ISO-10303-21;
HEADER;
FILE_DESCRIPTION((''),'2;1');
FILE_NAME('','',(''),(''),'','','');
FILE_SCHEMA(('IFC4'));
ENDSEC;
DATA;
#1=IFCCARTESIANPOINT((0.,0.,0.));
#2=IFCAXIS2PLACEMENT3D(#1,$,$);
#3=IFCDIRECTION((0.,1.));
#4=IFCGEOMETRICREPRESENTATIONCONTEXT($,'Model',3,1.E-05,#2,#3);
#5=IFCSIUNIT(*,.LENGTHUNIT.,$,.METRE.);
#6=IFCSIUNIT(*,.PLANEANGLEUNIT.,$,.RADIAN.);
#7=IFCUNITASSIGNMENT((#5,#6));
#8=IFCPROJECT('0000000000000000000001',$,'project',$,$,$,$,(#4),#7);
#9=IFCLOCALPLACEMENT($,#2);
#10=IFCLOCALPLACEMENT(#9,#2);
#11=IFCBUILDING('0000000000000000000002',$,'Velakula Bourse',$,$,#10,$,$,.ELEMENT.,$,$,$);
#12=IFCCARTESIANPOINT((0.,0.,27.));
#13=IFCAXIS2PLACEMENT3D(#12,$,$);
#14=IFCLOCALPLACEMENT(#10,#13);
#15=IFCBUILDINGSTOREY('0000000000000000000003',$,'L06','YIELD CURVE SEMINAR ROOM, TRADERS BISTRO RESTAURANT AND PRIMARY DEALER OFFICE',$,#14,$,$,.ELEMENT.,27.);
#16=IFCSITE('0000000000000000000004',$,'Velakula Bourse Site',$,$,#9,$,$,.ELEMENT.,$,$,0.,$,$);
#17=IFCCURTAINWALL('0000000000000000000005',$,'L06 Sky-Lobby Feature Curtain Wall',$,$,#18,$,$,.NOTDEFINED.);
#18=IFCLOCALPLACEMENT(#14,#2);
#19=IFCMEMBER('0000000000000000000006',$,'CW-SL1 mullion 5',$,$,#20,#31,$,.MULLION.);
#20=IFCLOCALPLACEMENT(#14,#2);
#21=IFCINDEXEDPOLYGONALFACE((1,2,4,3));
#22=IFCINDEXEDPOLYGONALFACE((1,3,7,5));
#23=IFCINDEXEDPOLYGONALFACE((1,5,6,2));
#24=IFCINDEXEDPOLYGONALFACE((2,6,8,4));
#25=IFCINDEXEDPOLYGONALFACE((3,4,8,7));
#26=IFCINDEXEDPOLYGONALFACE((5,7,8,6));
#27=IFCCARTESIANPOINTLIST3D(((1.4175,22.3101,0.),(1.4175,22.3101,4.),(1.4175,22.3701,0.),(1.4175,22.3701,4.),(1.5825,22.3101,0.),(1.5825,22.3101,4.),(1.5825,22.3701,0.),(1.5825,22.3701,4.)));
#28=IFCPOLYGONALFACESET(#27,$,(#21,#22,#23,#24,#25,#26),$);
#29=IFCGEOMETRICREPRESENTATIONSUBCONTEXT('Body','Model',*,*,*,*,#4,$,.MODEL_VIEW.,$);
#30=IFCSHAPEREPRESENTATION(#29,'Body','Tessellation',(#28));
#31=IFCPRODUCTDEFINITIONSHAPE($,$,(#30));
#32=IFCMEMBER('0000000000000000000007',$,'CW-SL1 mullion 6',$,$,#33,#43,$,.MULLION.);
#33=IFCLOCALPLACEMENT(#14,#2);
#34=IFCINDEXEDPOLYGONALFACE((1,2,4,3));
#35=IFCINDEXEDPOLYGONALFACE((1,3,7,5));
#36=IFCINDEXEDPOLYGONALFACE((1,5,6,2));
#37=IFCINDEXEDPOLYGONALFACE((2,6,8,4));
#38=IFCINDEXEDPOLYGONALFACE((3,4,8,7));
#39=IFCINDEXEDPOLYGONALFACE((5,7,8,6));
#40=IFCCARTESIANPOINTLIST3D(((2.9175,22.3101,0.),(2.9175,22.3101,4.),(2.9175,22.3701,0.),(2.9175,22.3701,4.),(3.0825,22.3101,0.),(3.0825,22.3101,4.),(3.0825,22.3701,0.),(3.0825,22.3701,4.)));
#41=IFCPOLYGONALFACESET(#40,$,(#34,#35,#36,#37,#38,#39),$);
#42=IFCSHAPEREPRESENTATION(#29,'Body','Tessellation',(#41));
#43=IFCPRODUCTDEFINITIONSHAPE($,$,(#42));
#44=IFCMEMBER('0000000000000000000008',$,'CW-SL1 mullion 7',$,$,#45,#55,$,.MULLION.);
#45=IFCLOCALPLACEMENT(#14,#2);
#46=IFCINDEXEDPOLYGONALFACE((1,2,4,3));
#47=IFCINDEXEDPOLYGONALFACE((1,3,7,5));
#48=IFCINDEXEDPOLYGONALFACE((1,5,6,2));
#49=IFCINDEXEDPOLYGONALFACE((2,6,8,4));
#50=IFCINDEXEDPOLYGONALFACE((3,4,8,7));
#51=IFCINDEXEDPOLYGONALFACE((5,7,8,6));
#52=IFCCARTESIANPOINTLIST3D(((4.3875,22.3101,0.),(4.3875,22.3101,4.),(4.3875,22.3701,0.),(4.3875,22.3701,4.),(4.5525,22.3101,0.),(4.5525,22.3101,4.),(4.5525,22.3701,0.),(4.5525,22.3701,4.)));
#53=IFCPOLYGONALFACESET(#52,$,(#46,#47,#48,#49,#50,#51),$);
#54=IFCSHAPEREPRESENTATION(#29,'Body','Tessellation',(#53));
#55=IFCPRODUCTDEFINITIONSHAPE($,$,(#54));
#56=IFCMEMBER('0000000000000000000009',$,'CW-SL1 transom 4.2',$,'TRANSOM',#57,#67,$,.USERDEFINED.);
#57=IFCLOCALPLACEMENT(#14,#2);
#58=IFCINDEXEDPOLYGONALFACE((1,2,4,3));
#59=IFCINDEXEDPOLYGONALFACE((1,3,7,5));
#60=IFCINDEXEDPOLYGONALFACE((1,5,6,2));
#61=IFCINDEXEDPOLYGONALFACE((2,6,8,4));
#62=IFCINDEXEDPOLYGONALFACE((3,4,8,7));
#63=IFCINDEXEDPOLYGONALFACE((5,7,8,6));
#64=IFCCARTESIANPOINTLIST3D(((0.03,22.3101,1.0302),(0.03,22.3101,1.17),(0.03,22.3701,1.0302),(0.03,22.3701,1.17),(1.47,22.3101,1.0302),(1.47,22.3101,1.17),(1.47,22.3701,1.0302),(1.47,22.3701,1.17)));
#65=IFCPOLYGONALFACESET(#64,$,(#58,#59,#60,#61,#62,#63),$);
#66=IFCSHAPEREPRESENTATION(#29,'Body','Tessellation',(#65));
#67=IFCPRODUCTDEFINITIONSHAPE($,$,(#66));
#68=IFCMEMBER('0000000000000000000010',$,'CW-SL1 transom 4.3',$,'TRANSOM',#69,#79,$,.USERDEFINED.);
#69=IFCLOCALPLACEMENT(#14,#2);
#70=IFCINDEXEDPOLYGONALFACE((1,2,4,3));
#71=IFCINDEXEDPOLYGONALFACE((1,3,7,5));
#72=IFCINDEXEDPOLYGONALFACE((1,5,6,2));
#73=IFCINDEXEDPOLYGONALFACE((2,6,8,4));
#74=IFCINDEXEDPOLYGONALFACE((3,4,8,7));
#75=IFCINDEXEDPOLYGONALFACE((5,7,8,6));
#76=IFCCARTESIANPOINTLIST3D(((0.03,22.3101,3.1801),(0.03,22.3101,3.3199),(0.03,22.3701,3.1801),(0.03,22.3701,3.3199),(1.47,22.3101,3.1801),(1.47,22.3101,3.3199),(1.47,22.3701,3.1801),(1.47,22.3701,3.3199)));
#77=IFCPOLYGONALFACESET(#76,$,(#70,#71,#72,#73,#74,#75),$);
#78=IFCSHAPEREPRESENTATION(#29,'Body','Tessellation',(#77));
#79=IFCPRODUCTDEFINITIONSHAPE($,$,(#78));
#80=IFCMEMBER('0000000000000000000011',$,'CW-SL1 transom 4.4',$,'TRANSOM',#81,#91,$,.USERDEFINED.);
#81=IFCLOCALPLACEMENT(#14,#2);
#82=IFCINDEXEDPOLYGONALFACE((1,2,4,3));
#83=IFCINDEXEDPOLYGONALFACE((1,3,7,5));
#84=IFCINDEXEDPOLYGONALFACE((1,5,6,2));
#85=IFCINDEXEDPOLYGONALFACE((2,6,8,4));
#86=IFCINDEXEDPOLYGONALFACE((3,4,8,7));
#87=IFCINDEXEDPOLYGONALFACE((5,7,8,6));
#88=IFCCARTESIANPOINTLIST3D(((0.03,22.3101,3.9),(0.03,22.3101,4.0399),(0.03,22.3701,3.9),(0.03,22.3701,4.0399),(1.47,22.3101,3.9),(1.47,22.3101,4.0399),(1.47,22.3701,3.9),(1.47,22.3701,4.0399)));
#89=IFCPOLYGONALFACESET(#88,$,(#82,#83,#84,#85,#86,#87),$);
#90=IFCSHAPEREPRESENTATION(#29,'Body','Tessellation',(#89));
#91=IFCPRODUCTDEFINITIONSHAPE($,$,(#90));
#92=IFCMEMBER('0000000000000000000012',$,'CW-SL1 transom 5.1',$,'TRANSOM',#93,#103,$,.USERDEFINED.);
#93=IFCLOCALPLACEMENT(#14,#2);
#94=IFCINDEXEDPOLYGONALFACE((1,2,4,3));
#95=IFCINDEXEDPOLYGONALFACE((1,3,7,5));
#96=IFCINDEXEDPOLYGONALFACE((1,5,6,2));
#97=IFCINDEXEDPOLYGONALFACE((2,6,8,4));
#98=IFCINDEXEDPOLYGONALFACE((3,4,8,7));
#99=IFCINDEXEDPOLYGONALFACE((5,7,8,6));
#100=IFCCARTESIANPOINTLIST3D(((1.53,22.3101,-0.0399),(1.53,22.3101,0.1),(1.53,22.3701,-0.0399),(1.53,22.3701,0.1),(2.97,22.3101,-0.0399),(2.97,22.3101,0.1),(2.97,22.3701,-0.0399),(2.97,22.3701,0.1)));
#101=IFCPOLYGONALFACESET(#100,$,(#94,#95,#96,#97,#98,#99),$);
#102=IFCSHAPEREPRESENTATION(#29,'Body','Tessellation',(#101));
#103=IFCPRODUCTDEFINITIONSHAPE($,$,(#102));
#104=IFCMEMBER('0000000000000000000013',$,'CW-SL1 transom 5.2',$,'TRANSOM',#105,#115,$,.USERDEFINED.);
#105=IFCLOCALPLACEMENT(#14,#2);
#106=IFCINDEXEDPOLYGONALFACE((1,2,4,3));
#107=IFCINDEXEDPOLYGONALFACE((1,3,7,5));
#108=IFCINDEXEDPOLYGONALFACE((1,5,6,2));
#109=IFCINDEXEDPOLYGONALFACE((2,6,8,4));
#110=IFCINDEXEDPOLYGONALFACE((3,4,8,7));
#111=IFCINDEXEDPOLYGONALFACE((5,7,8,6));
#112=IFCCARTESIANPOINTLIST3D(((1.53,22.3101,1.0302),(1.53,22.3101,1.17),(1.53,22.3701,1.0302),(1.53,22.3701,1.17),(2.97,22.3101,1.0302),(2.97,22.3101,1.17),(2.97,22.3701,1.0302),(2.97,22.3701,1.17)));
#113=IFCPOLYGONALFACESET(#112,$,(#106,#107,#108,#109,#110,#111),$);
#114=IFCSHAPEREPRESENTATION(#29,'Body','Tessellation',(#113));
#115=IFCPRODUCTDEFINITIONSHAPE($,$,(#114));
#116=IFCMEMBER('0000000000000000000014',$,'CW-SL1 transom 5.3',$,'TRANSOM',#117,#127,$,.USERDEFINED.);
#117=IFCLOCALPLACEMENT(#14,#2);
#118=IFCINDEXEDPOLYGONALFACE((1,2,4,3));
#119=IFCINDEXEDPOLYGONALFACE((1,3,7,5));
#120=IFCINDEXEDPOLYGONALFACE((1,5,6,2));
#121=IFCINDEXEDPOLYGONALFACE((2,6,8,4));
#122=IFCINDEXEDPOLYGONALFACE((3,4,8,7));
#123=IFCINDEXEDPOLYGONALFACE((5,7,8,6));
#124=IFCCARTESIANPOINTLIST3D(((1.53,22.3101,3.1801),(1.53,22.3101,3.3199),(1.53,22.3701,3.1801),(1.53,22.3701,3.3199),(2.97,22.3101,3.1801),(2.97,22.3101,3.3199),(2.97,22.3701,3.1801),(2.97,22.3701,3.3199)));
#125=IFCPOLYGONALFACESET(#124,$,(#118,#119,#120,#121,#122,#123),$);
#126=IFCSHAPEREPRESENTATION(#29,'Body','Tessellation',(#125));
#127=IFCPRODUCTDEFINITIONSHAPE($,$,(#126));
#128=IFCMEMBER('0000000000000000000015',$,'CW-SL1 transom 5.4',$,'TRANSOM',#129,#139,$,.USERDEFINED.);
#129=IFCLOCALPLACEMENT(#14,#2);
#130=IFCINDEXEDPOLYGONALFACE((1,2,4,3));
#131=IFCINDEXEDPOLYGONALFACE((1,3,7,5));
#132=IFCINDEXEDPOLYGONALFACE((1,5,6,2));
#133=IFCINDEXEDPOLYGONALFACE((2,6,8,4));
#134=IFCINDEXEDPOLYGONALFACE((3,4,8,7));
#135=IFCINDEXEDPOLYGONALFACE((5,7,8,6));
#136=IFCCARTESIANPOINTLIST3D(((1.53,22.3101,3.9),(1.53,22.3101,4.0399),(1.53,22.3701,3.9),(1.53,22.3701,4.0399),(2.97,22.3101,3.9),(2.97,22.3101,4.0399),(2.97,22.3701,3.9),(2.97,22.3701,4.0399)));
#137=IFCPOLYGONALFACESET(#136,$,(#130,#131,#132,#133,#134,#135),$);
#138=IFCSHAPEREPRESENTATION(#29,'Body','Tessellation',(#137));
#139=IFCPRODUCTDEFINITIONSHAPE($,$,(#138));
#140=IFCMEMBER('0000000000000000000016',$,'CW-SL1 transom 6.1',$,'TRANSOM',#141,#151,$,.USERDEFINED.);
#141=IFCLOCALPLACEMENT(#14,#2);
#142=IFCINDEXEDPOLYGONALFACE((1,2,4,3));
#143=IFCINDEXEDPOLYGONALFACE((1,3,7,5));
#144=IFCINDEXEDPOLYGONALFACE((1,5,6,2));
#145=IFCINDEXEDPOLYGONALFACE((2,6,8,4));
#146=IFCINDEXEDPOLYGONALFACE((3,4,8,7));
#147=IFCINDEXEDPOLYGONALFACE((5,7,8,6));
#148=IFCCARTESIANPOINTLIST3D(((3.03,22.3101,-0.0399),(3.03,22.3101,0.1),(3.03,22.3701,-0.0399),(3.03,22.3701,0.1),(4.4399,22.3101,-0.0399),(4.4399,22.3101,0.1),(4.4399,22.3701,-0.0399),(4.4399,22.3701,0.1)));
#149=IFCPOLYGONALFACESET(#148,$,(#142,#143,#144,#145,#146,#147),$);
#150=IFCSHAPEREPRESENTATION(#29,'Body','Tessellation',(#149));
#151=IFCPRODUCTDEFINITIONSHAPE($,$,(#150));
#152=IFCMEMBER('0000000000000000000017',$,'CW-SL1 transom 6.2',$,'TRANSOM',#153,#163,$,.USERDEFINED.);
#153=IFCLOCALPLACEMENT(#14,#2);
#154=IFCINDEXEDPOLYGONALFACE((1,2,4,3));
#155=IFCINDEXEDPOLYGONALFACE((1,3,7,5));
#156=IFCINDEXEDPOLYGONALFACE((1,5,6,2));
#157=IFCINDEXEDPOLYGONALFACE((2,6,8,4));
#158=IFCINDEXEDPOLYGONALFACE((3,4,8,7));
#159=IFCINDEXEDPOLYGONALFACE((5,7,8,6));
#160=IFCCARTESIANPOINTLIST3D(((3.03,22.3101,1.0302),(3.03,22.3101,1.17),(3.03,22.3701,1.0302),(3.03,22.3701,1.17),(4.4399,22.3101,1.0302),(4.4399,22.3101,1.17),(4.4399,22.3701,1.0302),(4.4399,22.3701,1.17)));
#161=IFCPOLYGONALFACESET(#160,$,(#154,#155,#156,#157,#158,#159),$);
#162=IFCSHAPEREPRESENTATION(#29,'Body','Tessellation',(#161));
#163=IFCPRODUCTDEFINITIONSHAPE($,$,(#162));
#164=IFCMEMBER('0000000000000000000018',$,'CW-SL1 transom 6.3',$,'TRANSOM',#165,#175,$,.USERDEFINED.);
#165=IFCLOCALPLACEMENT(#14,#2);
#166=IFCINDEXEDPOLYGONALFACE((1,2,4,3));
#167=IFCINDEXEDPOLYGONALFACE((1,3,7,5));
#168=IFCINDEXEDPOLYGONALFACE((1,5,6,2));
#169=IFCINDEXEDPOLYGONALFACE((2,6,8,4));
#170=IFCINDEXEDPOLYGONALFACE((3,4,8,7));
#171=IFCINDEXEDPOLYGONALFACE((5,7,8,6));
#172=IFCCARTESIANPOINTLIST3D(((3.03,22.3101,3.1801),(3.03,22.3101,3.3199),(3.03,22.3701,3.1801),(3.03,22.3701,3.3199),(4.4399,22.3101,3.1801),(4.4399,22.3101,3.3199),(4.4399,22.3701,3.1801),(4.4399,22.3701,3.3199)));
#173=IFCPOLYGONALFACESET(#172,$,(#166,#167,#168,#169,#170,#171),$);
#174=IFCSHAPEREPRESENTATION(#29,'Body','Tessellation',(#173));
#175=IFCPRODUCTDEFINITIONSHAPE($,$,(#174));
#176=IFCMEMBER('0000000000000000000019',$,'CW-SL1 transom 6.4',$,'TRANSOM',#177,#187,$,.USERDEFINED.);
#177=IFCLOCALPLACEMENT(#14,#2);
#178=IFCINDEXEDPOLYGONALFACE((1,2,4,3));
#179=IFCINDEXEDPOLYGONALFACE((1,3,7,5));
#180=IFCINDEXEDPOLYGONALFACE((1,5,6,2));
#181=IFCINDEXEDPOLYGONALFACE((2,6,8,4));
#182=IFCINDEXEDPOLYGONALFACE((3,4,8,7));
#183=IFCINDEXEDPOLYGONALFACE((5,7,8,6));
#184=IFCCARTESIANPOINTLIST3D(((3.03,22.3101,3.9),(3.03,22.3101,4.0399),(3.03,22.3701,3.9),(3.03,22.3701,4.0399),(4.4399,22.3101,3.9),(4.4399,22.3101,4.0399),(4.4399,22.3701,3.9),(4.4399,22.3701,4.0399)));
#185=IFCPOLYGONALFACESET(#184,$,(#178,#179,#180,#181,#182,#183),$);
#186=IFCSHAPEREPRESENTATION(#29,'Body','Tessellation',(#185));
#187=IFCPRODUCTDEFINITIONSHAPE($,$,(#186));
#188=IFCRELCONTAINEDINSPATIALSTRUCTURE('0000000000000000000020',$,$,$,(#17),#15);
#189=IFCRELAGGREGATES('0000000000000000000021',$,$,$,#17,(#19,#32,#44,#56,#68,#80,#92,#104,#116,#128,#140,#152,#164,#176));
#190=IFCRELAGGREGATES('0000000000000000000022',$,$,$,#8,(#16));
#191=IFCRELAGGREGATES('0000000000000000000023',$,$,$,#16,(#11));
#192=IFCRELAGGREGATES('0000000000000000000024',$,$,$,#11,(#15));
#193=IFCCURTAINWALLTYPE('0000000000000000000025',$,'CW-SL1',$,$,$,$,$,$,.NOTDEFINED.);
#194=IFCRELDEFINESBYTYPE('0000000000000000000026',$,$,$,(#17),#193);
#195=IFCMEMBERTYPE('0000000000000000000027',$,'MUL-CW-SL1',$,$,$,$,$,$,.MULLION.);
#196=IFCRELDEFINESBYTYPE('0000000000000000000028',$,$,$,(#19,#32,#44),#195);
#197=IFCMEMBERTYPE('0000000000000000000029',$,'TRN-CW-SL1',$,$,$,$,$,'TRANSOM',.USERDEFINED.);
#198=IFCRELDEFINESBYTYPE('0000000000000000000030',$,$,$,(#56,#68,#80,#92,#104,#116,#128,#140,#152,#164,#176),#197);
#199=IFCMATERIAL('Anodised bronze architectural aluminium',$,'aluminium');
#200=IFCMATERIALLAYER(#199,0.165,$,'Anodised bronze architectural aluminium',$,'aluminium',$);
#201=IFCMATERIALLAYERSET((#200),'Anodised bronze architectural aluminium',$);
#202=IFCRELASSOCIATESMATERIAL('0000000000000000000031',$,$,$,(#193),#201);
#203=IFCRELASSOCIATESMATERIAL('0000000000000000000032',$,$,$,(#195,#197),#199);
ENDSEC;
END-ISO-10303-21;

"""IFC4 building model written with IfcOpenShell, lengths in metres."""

from ifc_helpers import new_model, si_unit, direction, frame, origin, origin_2d, place, context, subcontext, project, spatial, rectangle, extrude, material, layer, layer_set, material_profile, profile_set, type_object, element, aggregate, save


model = new_model("IFC4")

# Units and contexts
model_context = context("Model", 3, precision=1e-05, world=origin(), true_north=direction((0.0, 1.0)))
body_context = subcontext(model_context, "Body", "Model", "MODEL_VIEW")
ifc_project = project(units=[si_unit("LENGTHUNIT", "METRE"), si_unit("PLANEANGLEUNIT", "RADIAN")], contexts=[model_context])

# Site, building, storey
site_placement = place(None, origin())
site = spatial("IfcSite", under=ifc_project, at=site_placement, Name="Velakula Bourse Site", CompositionType="ELEMENT", RefElevation=0.0)
building_placement = place(site_placement, origin())
building = spatial("IfcBuilding", under=site, at=building_placement, Name="Velakula Bourse", CompositionType="ELEMENT")
storey_placement = place(building_placement, frame((0.0, 0.0, 27.0)))
storey = spatial("IfcBuildingStorey", under=building, at=storey_placement, Name="L06", Description="YIELD CURVE SEMINAR ROOM, TRADERS BISTRO RESTAURANT AND PRIMARY DEALER OFFICE", CompositionType="ELEMENT", Elevation=27.0)

# Curtain wall, members
ifc_material_1 = material(Name="Anodised bronze architectural aluminium", Category="aluminium")
ifc_layer_1 = layer(ifc_material_1, 0.165, Name="Anodised bronze architectural aluminium", Category="aluminium")
ifc_layer_set_1 = layer_set([ifc_layer_1], Name="Anodised bronze architectural aluminium")
curtain_wall_type = type_object("IfcCurtainWallType", Name="CW-SL1", PredefinedType="NOTDEFINED", material=ifc_layer_set_1)
curtain_wall_placement = place(storey_placement, origin())
curtain_wall = element("IfcCurtainWall", 1, at=curtain_wall_placement, inside=storey, type_object=curtain_wall_type, Name="L06 Sky-Lobby Feature Curtain Wall", PredefinedType="NOTDEFINED")
ifc_material_profile_1 = material_profile(ifc_material_1, rectangle(XDim=0.0601, YDim=0.165, at=origin_2d()), Name="Anodised bronze architectural aluminium")
ifc_profile_set_1 = profile_set([ifc_material_profile_1], Name="Anodised bronze architectural aluminium")
member_type_1 = type_object("IfcMemberType", Name="MUL-CW-SL1", PredefinedType="MULLION", material=ifc_profile_set_1)
member_1_placement = place(storey_placement, frame((1.5, 22.3401, 0.0), z_axis=(0.0, 0.0, 1.0), x_axis=(0.0, 1.0, 0.0)))
member_1 = element("IfcMember", 2, at=member_1_placement, type_object=member_type_1, Name="CW-SL1 mullion 5", PredefinedType="MULLION", context=body_context, shape_type="SweptSolid", body=[
    extrude(rectangle(XDim=0.0601, YDim=0.165, at=origin_2d()), origin(), (0.0, 0.0, 1.0), 4.0),
])
member_2_placement = place(storey_placement, frame((3.0, 22.3401, 0.0), z_axis=(0.0, 0.0, 1.0), x_axis=(0.0, 1.0, 0.0)))
member_2 = element("IfcMember", 3, at=member_2_placement, type_object=member_type_1, Name="CW-SL1 mullion 6", PredefinedType="MULLION", context=body_context, shape_type="SweptSolid", body=[
    extrude(rectangle(XDim=0.0601, YDim=0.165, at=origin_2d()), origin(), (0.0, 0.0, 1.0), 4.0),
])
member_3_placement = place(storey_placement, frame((4.47, 22.3401, 0.0), z_axis=(0.0, 0.0, 1.0), x_axis=(0.0, 1.0, 0.0)))
member_3 = element("IfcMember", 4, at=member_3_placement, type_object=member_type_1, Name="CW-SL1 mullion 7", PredefinedType="MULLION", context=body_context, shape_type="SweptSolid", body=[
    extrude(rectangle(XDim=0.0601, YDim=0.165, at=origin_2d()), origin(), (0.0, 0.0, 1.0), 4.0),
])
ifc_material_profile_2 = material_profile(ifc_material_1, rectangle(XDim=0.0601, YDim=0.1399, at=origin_2d()), Name="Anodised bronze architectural aluminium")
ifc_profile_set_2 = profile_set([ifc_material_profile_2], Name="Anodised bronze architectural aluminium")
member_type_2 = type_object("IfcMemberType", Name="TRN-CW-SL1", ElementType="TRANSOM", PredefinedType="USERDEFINED", material=ifc_profile_set_2)
member_4_placement = place(storey_placement, frame((0.03, 22.3401, 1.1001), z_axis=(1.0, 0.0, 0.0), x_axis=(0.0, 1.0, 0.0)))
member_4 = element("IfcMember", 5, at=member_4_placement, type_object=member_type_2, Name="CW-SL1 transom 4.2", ObjectType="TRANSOM", PredefinedType="USERDEFINED", context=body_context, shape_type="SweptSolid", body=[
    extrude(rectangle(XDim=0.0601, YDim=0.1399, at=origin_2d()), origin(), (0.0, 0.0, 1.0), 1.4399),
])
member_5_placement = place(storey_placement, frame((0.03, 22.3401, 3.25), z_axis=(1.0, 0.0, 0.0), x_axis=(0.0, 1.0, 0.0)))
member_5 = element("IfcMember", 6, at=member_5_placement, type_object=member_type_2, Name="CW-SL1 transom 4.3", ObjectType="TRANSOM", PredefinedType="USERDEFINED", context=body_context, shape_type="SweptSolid", body=[
    extrude(rectangle(XDim=0.0601, YDim=0.1399, at=origin_2d()), origin(), (0.0, 0.0, 1.0), 1.4399),
])
member_6_placement = place(storey_placement, frame((0.03, 22.3401, 3.97), z_axis=(1.0, 0.0, 0.0), x_axis=(0.0, 1.0, 0.0)))
member_6 = element("IfcMember", 7, at=member_6_placement, type_object=member_type_2, Name="CW-SL1 transom 4.4", ObjectType="TRANSOM", PredefinedType="USERDEFINED", context=body_context, shape_type="SweptSolid", body=[
    extrude(rectangle(XDim=0.0601, YDim=0.1399, at=origin_2d()), origin(), (0.0, 0.0, 1.0), 1.4399),
])
member_7_placement = place(storey_placement, frame((1.53, 22.3401, 0.03), z_axis=(1.0, 0.0, 0.0), x_axis=(0.0, 1.0, 0.0)))
member_7 = element("IfcMember", 8, at=member_7_placement, type_object=member_type_2, Name="CW-SL1 transom 5.1", ObjectType="TRANSOM", PredefinedType="USERDEFINED", context=body_context, shape_type="SweptSolid", body=[
    extrude(rectangle(XDim=0.0601, YDim=0.1399, at=origin_2d()), origin(), (0.0, 0.0, 1.0), 1.4399),
])
member_8_placement = place(storey_placement, frame((1.53, 22.3401, 1.1001), z_axis=(1.0, 0.0, 0.0), x_axis=(0.0, 1.0, 0.0)))
member_8 = element("IfcMember", 9, at=member_8_placement, type_object=member_type_2, Name="CW-SL1 transom 5.2", ObjectType="TRANSOM", PredefinedType="USERDEFINED", context=body_context, shape_type="SweptSolid", body=[
    extrude(rectangle(XDim=0.0601, YDim=0.1399, at=origin_2d()), origin(), (0.0, 0.0, 1.0), 1.4399),
])
member_9_placement = place(storey_placement, frame((1.53, 22.3401, 3.25), z_axis=(1.0, 0.0, 0.0), x_axis=(0.0, 1.0, 0.0)))
member_9 = element("IfcMember", 10, at=member_9_placement, type_object=member_type_2, Name="CW-SL1 transom 5.3", ObjectType="TRANSOM", PredefinedType="USERDEFINED", context=body_context, shape_type="SweptSolid", body=[
    extrude(rectangle(XDim=0.0601, YDim=0.1399, at=origin_2d()), origin(), (0.0, 0.0, 1.0), 1.4399),
])
member_10_placement = place(storey_placement, frame((1.53, 22.3401, 3.97), z_axis=(1.0, 0.0, 0.0), x_axis=(0.0, 1.0, 0.0)))
member_10 = element("IfcMember", 11, at=member_10_placement, type_object=member_type_2, Name="CW-SL1 transom 5.4", ObjectType="TRANSOM", PredefinedType="USERDEFINED", context=body_context, shape_type="SweptSolid", body=[
    extrude(rectangle(XDim=0.0601, YDim=0.1399, at=origin_2d()), origin(), (0.0, 0.0, 1.0), 1.4399),
])
member_11_placement = place(storey_placement, frame((3.03, 22.3401, 0.03), z_axis=(1.0, 0.0, 0.0), x_axis=(0.0, 1.0, 0.0)))
member_11 = element("IfcMember", 12, at=member_11_placement, type_object=member_type_2, Name="CW-SL1 transom 6.1", ObjectType="TRANSOM", PredefinedType="USERDEFINED", context=body_context, shape_type="SweptSolid", body=[
    extrude(rectangle(XDim=0.0601, YDim=0.1399, at=origin_2d()), origin(), (0.0, 0.0, 1.0), 1.4099),
])
member_12_placement = place(storey_placement, frame((3.03, 22.3401, 1.1001), z_axis=(1.0, 0.0, 0.0), x_axis=(0.0, 1.0, 0.0)))
member_12 = element("IfcMember", 13, at=member_12_placement, type_object=member_type_2, Name="CW-SL1 transom 6.2", ObjectType="TRANSOM", PredefinedType="USERDEFINED", context=body_context, shape_type="SweptSolid", body=[
    extrude(rectangle(XDim=0.0601, YDim=0.1399, at=origin_2d()), origin(), (0.0, 0.0, 1.0), 1.4099),
])
member_13_placement = place(storey_placement, frame((3.03, 22.3401, 3.25), z_axis=(1.0, 0.0, 0.0), x_axis=(0.0, 1.0, 0.0)))
member_13 = element("IfcMember", 14, at=member_13_placement, type_object=member_type_2, Name="CW-SL1 transom 6.3", ObjectType="TRANSOM", PredefinedType="USERDEFINED", context=body_context, shape_type="SweptSolid", body=[
    extrude(rectangle(XDim=0.0601, YDim=0.1399, at=origin_2d()), origin(), (0.0, 0.0, 1.0), 1.4099),
])
member_14_placement = place(storey_placement, frame((3.03, 22.3401, 3.97), z_axis=(1.0, 0.0, 0.0), x_axis=(0.0, 1.0, 0.0)))
member_14 = element("IfcMember", 15, at=member_14_placement, type_object=member_type_2, Name="CW-SL1 transom 6.4", ObjectType="TRANSOM", PredefinedType="USERDEFINED", context=body_context, shape_type="SweptSolid", body=[
    extrude(rectangle(XDim=0.0601, YDim=0.1399, at=origin_2d()), origin(), (0.0, 0.0, 1.0), 1.4099),
])
aggregate(curtain_wall, [member_1, member_2, member_3, member_4, member_5, member_6, member_7, member_8, member_9, member_10, member_11, member_12, member_13, member_14])

save(model, "model.ifc")
